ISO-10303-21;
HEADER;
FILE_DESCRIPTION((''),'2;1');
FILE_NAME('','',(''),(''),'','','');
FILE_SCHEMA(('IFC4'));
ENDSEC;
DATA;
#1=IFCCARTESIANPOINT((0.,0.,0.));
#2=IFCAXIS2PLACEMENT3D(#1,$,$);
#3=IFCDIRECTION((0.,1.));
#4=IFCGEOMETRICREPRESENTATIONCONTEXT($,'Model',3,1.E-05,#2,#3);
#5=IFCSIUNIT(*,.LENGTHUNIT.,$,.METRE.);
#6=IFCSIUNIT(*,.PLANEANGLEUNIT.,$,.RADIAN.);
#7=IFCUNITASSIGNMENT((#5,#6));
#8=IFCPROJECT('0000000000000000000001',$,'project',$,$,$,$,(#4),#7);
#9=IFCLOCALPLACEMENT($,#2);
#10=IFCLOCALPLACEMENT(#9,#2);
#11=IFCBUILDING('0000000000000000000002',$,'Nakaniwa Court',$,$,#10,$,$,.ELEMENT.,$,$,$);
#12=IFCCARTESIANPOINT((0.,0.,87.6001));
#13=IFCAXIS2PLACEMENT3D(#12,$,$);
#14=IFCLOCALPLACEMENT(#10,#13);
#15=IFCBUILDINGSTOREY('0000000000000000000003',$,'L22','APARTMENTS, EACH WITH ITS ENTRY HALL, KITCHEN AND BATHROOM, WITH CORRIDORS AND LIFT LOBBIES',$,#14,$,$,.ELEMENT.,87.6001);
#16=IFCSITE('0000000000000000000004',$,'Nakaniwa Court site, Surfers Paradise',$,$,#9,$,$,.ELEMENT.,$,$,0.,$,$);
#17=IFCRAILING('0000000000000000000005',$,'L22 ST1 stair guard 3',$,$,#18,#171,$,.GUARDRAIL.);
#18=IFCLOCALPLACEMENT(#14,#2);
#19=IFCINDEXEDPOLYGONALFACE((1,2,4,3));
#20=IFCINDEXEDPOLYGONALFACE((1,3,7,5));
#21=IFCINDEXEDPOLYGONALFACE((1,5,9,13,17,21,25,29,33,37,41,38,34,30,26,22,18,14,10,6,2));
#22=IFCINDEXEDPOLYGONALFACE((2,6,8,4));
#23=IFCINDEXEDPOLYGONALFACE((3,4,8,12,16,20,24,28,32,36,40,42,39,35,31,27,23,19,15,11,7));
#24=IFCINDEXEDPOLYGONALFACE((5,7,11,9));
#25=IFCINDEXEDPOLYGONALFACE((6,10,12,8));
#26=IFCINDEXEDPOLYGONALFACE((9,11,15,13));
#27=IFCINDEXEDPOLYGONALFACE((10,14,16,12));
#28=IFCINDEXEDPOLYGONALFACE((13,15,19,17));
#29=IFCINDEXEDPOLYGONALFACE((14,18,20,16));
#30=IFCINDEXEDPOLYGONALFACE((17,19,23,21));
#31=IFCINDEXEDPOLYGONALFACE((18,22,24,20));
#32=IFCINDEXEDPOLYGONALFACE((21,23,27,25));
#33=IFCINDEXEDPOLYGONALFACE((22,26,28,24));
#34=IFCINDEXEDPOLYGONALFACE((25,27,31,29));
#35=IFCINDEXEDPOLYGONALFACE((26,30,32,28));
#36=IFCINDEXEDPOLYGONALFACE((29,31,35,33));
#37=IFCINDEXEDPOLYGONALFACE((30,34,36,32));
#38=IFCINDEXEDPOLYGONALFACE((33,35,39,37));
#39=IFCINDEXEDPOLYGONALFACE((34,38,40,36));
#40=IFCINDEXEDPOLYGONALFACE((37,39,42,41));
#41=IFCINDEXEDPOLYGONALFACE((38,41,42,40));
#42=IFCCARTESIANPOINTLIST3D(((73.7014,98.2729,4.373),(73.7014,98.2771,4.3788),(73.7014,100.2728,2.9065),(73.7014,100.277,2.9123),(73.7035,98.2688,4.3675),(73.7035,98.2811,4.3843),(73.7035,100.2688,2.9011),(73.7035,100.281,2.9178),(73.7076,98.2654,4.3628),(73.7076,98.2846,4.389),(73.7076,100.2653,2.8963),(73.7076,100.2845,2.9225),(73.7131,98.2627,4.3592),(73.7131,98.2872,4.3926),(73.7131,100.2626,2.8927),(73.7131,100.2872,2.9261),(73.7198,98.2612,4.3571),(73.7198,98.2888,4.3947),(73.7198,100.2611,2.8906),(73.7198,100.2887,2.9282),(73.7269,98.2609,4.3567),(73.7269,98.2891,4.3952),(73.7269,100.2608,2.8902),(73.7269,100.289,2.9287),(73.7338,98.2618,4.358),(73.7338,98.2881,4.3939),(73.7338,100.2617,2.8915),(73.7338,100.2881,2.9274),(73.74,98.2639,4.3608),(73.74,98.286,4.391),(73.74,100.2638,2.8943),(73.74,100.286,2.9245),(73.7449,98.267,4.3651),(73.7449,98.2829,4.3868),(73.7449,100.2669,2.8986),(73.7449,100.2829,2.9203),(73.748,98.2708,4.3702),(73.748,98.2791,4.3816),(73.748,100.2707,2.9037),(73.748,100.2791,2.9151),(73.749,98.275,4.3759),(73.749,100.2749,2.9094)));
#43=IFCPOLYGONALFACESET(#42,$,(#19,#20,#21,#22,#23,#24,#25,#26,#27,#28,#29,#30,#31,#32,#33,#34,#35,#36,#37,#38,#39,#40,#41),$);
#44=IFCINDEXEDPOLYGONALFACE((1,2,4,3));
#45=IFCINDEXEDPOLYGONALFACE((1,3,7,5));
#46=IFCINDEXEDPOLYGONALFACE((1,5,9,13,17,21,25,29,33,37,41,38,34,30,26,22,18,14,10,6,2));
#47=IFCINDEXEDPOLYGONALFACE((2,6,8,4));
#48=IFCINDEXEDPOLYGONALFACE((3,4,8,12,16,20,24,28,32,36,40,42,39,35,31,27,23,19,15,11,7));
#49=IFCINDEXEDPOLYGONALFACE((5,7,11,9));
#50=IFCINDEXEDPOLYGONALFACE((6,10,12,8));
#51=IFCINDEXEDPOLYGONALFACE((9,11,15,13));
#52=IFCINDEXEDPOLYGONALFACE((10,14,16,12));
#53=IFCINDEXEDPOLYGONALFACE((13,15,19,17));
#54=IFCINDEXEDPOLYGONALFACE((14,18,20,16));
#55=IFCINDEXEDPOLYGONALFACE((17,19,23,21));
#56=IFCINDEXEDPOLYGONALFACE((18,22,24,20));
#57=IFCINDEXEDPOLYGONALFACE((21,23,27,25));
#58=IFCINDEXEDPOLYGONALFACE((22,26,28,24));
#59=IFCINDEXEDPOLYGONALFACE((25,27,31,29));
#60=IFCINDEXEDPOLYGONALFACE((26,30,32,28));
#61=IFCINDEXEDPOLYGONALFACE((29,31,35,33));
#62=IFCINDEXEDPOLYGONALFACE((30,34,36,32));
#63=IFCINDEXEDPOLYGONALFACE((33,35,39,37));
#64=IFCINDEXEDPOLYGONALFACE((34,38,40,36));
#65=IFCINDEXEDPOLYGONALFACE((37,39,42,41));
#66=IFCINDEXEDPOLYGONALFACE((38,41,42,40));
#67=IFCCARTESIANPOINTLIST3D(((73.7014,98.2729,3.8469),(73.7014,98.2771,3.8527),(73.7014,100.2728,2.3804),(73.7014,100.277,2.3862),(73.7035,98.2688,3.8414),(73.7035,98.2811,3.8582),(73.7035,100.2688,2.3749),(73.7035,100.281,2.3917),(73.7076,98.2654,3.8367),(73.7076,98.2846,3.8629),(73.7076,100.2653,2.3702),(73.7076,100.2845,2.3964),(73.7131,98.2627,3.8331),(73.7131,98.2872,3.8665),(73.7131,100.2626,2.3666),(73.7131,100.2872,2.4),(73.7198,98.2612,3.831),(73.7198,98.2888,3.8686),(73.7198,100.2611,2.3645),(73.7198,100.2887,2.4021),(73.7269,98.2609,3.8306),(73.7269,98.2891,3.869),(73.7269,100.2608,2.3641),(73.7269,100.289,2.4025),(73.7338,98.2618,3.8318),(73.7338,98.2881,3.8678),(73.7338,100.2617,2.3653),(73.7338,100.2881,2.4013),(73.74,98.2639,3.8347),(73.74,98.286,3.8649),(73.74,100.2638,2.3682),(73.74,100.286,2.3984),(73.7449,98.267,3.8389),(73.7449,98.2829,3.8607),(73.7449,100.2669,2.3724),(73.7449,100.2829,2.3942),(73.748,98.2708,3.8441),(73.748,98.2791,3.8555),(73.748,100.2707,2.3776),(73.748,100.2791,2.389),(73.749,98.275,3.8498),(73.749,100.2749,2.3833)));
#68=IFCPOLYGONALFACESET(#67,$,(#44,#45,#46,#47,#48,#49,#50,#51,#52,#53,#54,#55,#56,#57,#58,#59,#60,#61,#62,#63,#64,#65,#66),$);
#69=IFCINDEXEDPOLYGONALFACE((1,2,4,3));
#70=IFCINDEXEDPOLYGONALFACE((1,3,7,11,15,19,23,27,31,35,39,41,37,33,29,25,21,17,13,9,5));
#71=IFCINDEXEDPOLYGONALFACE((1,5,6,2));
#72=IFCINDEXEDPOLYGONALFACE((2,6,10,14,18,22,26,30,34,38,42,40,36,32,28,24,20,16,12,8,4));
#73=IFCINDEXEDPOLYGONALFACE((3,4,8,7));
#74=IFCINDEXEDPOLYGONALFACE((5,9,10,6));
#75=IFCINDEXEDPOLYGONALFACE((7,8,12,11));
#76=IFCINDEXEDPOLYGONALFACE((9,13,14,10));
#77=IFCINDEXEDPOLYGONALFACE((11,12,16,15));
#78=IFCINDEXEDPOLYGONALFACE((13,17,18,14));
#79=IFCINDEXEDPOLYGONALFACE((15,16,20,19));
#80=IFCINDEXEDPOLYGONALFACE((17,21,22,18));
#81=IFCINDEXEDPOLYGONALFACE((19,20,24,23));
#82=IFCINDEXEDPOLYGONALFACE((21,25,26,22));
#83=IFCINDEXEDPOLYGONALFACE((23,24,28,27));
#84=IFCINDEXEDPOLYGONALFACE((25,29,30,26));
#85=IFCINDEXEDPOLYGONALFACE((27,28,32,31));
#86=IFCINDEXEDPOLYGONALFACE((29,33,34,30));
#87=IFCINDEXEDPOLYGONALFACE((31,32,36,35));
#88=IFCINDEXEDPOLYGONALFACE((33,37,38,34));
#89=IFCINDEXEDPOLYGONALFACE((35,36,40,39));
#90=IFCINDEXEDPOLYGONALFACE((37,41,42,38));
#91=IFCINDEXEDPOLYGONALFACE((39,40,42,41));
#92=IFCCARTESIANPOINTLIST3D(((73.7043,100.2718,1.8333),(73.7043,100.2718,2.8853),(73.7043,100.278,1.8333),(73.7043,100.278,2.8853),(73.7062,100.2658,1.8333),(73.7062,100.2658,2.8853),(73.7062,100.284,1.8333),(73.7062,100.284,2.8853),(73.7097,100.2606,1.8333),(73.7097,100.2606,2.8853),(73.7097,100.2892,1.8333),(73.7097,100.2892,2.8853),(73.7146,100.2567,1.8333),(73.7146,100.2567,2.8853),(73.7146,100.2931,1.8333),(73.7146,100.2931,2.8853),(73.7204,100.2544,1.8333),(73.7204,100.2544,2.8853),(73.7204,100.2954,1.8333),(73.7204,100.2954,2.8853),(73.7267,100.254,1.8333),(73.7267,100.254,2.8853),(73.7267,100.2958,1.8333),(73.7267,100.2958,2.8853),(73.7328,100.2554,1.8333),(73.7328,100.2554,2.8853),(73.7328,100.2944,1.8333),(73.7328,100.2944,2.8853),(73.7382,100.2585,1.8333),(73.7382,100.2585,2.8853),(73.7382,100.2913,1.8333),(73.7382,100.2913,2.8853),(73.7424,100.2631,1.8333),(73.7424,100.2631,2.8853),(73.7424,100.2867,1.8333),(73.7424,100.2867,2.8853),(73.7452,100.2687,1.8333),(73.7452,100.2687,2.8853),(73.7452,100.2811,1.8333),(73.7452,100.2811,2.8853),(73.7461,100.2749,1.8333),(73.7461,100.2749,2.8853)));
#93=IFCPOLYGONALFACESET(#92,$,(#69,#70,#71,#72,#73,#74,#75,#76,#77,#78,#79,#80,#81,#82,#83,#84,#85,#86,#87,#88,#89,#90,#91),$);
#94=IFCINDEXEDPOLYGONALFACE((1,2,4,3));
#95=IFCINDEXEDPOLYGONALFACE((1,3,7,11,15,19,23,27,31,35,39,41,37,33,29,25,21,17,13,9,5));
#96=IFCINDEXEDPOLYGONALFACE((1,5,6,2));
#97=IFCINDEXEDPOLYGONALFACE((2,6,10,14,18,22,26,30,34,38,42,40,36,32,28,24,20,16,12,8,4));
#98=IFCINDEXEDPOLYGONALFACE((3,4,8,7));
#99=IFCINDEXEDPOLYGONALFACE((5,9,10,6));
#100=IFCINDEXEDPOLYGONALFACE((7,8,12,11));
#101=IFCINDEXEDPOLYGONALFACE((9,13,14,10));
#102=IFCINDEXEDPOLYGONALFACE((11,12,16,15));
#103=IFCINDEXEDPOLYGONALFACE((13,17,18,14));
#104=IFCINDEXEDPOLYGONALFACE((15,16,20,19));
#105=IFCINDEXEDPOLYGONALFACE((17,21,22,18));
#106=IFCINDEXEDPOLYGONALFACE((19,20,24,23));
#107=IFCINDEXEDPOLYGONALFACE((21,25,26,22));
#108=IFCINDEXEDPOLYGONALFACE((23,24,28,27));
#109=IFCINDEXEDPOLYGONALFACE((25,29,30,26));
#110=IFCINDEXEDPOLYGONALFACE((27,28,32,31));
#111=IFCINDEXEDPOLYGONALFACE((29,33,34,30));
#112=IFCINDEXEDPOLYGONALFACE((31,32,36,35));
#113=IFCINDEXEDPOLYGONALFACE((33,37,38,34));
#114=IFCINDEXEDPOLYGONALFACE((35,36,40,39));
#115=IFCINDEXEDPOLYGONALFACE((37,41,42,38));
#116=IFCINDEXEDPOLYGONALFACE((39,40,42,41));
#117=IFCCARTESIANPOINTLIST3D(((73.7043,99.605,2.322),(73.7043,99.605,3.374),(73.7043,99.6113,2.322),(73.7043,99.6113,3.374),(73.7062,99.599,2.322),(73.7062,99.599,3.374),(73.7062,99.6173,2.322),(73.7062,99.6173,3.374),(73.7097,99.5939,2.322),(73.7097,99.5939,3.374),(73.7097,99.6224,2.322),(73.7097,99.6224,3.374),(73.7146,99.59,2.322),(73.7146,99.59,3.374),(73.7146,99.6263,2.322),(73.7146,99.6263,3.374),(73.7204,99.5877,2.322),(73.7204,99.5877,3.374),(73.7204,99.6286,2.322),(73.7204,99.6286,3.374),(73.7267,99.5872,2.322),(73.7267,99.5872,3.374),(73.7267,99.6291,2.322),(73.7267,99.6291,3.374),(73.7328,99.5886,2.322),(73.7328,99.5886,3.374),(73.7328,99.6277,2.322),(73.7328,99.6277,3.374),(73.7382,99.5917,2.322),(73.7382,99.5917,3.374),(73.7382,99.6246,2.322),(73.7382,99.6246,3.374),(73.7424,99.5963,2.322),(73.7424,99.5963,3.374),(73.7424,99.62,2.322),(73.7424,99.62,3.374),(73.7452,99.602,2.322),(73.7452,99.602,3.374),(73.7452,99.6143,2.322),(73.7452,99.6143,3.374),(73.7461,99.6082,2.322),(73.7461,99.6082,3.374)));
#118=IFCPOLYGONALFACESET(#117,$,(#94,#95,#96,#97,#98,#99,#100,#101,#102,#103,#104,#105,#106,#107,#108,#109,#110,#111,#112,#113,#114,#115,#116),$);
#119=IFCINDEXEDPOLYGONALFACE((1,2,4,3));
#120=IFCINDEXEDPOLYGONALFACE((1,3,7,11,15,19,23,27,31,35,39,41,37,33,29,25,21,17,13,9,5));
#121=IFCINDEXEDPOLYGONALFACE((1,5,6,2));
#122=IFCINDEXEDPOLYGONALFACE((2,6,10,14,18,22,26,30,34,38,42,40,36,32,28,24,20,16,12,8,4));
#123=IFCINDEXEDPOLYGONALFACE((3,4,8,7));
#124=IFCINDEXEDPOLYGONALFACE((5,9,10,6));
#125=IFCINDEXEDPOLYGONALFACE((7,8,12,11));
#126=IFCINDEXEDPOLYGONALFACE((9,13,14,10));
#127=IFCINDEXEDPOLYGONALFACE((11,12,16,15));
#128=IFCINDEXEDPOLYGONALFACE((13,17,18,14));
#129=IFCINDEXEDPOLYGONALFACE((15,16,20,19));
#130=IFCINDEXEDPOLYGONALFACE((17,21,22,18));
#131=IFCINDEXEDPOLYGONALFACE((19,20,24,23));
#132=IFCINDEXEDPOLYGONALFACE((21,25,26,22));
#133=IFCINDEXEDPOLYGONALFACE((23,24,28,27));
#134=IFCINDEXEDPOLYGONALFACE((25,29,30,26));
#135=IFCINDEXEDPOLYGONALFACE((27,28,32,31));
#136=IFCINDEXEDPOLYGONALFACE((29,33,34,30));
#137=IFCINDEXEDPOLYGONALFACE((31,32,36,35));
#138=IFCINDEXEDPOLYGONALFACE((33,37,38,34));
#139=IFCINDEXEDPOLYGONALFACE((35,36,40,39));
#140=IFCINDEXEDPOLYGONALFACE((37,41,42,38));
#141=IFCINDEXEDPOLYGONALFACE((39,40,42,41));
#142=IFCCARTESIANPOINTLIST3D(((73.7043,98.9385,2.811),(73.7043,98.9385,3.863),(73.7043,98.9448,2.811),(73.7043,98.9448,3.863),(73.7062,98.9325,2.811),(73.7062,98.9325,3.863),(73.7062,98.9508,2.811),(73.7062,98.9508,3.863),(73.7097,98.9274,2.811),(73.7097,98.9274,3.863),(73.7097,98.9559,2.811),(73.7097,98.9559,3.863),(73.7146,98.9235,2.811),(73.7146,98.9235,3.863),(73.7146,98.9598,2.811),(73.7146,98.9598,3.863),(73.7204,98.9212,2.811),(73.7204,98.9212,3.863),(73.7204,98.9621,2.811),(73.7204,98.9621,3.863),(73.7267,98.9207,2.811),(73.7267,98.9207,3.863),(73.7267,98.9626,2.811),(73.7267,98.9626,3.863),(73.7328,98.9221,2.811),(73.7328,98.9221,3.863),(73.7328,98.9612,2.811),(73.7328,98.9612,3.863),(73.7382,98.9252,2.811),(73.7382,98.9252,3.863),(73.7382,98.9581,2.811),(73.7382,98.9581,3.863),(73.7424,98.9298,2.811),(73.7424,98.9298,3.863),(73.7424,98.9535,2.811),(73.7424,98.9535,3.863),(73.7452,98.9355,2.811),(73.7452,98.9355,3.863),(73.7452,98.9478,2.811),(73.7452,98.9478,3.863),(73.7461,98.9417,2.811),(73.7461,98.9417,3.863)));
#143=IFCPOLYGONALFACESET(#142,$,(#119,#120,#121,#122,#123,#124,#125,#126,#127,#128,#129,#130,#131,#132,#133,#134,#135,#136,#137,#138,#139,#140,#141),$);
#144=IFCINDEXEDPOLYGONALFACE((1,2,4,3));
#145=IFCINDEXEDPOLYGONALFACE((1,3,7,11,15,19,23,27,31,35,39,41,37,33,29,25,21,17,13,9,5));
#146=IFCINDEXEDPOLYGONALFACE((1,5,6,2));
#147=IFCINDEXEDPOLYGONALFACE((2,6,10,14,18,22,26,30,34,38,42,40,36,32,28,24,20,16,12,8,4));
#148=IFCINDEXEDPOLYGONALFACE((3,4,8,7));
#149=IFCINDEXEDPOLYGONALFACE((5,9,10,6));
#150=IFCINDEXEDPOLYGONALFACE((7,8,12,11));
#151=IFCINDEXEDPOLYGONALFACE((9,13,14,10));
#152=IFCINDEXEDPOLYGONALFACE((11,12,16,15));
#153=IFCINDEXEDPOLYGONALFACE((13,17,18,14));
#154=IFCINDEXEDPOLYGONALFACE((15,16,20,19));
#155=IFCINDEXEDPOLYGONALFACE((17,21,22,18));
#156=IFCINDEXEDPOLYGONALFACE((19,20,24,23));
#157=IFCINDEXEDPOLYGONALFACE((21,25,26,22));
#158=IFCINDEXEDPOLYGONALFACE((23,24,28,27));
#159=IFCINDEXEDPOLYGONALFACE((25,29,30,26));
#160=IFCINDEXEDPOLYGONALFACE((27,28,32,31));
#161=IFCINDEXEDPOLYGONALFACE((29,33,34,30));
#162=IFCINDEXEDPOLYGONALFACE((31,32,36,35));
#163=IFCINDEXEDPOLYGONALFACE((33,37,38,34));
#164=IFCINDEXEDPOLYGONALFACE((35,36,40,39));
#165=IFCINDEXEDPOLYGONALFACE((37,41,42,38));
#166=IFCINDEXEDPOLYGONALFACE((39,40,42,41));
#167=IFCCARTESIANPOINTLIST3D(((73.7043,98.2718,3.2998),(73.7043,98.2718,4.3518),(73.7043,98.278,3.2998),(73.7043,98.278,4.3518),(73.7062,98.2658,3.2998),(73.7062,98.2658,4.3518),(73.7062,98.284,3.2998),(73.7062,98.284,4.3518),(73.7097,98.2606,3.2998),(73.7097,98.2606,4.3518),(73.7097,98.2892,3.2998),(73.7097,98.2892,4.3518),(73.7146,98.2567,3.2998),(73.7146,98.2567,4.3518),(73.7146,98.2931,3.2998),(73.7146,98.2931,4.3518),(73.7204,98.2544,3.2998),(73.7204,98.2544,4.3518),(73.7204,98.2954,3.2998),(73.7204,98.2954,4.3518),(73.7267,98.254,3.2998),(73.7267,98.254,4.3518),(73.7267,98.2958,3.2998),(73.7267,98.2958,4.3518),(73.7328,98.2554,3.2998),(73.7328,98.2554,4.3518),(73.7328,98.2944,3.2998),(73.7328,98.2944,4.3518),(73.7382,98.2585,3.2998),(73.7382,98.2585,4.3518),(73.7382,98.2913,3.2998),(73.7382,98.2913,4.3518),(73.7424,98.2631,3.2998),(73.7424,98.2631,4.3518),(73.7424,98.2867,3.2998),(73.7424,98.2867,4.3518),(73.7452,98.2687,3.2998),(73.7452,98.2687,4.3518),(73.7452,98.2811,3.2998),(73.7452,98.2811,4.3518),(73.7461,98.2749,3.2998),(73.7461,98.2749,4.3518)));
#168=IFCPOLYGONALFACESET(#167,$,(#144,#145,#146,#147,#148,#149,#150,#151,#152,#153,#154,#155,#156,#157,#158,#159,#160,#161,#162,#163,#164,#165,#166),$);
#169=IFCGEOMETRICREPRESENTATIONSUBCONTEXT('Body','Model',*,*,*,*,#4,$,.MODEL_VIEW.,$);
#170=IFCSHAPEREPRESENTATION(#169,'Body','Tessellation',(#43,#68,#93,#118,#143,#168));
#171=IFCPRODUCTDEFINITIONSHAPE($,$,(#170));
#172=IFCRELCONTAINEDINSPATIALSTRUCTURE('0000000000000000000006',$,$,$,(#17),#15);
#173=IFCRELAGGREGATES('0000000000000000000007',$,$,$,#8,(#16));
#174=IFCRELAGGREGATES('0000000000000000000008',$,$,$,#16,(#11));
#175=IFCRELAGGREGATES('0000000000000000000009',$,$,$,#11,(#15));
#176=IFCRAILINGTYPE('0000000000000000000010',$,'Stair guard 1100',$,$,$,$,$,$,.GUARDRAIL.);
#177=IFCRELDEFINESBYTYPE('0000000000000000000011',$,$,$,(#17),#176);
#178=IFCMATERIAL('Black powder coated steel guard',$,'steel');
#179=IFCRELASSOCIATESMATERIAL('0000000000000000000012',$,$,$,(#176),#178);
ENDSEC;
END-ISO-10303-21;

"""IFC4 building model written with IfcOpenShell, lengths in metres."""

from ifc_helpers import new_model, si_unit, direction, frame, origin, origin_2d, place, context, subcontext, project, spatial, circle, extrude, material, type_object, element, save


model = new_model("IFC4")

# Units and contexts
model_context = context("Model", 3, precision=1e-05, world=origin(), true_north=direction((0.0, 1.0)))
body_context = subcontext(model_context, "Body", "Model", "MODEL_VIEW")
ifc_project = project(units=[si_unit("LENGTHUNIT", "METRE"), si_unit("PLANEANGLEUNIT", "RADIAN")], contexts=[model_context])

# Site, building, storey
site_placement = place(None, origin())
site = spatial("IfcSite", under=ifc_project, at=site_placement, Name="Nakaniwa Court site, Surfers Paradise", CompositionType="ELEMENT", RefElevation=0.0)
building_placement = place(site_placement, origin())
building = spatial("IfcBuilding", under=site, at=building_placement, Name="Nakaniwa Court", CompositionType="ELEMENT")
storey_placement = place(building_placement, frame((0.0, 0.0, 87.6001)))
storey = spatial("IfcBuildingStorey", under=building, at=storey_placement, Name="L22", Description="APARTMENTS, EACH WITH ITS ENTRY HALL, KITCHEN AND BATHROOM, WITH CORRIDORS AND LIFT LOBBIES", CompositionType="ELEMENT", Elevation=87.6001)

# Railing
ifc_material_1 = material(Name="Black powder coated steel guard", Category="steel")
railing_type_1 = type_object("IfcRailingType", Name="Stair guard 1100", PredefinedType="GUARDRAIL", material=ifc_material_1)
railing_1_placement = place(storey_placement, frame((73.7251, 100.2749, 1.8333)))
element("IfcRailing", 1, at=railing_1_placement, inside=storey, type_object=railing_type_1, Name="L22 ST1 stair guard 3", PredefinedType="GUARDRAIL", context=body_context, shape_type="SweptSolid", body=[
    extrude(circle(Radius=0.0239, at=origin_2d()), frame((0.0, 0.0, 1.0762), z_axis=(0.0, -0.806427, 0.591334), x_axis=(1.0, 0.0, 0.0)), (0.0, 0.0, 1.0), 2.48),
    extrude(circle(Radius=0.0239, at=origin_2d()), frame((0.0, 0.0, 0.55), z_axis=(0.0, -0.806427, 0.591334), x_axis=(1.0, 0.0, 0.0)), (0.0, 0.0, 1.0), 2.48),
    extrude(circle(Radius=0.021, at=origin_2d()), origin(), (0.0, 0.0, 1.0), 1.052),
    extrude(circle(Radius=0.021, at=origin_2d()), frame((0.0, -0.6667, 0.4888)), (0.0, 0.0, 1.0), 1.052),
    extrude(circle(Radius=0.021, at=origin_2d()), frame((0.0, -1.3333, 0.9778)), (0.0, 0.0, 1.0), 1.052),
    extrude(circle(Radius=0.021, at=origin_2d()), frame((0.0, -2.0, 1.4666)), (0.0, 0.0, 1.0), 1.052),
])

save(model, "model.ifc")
